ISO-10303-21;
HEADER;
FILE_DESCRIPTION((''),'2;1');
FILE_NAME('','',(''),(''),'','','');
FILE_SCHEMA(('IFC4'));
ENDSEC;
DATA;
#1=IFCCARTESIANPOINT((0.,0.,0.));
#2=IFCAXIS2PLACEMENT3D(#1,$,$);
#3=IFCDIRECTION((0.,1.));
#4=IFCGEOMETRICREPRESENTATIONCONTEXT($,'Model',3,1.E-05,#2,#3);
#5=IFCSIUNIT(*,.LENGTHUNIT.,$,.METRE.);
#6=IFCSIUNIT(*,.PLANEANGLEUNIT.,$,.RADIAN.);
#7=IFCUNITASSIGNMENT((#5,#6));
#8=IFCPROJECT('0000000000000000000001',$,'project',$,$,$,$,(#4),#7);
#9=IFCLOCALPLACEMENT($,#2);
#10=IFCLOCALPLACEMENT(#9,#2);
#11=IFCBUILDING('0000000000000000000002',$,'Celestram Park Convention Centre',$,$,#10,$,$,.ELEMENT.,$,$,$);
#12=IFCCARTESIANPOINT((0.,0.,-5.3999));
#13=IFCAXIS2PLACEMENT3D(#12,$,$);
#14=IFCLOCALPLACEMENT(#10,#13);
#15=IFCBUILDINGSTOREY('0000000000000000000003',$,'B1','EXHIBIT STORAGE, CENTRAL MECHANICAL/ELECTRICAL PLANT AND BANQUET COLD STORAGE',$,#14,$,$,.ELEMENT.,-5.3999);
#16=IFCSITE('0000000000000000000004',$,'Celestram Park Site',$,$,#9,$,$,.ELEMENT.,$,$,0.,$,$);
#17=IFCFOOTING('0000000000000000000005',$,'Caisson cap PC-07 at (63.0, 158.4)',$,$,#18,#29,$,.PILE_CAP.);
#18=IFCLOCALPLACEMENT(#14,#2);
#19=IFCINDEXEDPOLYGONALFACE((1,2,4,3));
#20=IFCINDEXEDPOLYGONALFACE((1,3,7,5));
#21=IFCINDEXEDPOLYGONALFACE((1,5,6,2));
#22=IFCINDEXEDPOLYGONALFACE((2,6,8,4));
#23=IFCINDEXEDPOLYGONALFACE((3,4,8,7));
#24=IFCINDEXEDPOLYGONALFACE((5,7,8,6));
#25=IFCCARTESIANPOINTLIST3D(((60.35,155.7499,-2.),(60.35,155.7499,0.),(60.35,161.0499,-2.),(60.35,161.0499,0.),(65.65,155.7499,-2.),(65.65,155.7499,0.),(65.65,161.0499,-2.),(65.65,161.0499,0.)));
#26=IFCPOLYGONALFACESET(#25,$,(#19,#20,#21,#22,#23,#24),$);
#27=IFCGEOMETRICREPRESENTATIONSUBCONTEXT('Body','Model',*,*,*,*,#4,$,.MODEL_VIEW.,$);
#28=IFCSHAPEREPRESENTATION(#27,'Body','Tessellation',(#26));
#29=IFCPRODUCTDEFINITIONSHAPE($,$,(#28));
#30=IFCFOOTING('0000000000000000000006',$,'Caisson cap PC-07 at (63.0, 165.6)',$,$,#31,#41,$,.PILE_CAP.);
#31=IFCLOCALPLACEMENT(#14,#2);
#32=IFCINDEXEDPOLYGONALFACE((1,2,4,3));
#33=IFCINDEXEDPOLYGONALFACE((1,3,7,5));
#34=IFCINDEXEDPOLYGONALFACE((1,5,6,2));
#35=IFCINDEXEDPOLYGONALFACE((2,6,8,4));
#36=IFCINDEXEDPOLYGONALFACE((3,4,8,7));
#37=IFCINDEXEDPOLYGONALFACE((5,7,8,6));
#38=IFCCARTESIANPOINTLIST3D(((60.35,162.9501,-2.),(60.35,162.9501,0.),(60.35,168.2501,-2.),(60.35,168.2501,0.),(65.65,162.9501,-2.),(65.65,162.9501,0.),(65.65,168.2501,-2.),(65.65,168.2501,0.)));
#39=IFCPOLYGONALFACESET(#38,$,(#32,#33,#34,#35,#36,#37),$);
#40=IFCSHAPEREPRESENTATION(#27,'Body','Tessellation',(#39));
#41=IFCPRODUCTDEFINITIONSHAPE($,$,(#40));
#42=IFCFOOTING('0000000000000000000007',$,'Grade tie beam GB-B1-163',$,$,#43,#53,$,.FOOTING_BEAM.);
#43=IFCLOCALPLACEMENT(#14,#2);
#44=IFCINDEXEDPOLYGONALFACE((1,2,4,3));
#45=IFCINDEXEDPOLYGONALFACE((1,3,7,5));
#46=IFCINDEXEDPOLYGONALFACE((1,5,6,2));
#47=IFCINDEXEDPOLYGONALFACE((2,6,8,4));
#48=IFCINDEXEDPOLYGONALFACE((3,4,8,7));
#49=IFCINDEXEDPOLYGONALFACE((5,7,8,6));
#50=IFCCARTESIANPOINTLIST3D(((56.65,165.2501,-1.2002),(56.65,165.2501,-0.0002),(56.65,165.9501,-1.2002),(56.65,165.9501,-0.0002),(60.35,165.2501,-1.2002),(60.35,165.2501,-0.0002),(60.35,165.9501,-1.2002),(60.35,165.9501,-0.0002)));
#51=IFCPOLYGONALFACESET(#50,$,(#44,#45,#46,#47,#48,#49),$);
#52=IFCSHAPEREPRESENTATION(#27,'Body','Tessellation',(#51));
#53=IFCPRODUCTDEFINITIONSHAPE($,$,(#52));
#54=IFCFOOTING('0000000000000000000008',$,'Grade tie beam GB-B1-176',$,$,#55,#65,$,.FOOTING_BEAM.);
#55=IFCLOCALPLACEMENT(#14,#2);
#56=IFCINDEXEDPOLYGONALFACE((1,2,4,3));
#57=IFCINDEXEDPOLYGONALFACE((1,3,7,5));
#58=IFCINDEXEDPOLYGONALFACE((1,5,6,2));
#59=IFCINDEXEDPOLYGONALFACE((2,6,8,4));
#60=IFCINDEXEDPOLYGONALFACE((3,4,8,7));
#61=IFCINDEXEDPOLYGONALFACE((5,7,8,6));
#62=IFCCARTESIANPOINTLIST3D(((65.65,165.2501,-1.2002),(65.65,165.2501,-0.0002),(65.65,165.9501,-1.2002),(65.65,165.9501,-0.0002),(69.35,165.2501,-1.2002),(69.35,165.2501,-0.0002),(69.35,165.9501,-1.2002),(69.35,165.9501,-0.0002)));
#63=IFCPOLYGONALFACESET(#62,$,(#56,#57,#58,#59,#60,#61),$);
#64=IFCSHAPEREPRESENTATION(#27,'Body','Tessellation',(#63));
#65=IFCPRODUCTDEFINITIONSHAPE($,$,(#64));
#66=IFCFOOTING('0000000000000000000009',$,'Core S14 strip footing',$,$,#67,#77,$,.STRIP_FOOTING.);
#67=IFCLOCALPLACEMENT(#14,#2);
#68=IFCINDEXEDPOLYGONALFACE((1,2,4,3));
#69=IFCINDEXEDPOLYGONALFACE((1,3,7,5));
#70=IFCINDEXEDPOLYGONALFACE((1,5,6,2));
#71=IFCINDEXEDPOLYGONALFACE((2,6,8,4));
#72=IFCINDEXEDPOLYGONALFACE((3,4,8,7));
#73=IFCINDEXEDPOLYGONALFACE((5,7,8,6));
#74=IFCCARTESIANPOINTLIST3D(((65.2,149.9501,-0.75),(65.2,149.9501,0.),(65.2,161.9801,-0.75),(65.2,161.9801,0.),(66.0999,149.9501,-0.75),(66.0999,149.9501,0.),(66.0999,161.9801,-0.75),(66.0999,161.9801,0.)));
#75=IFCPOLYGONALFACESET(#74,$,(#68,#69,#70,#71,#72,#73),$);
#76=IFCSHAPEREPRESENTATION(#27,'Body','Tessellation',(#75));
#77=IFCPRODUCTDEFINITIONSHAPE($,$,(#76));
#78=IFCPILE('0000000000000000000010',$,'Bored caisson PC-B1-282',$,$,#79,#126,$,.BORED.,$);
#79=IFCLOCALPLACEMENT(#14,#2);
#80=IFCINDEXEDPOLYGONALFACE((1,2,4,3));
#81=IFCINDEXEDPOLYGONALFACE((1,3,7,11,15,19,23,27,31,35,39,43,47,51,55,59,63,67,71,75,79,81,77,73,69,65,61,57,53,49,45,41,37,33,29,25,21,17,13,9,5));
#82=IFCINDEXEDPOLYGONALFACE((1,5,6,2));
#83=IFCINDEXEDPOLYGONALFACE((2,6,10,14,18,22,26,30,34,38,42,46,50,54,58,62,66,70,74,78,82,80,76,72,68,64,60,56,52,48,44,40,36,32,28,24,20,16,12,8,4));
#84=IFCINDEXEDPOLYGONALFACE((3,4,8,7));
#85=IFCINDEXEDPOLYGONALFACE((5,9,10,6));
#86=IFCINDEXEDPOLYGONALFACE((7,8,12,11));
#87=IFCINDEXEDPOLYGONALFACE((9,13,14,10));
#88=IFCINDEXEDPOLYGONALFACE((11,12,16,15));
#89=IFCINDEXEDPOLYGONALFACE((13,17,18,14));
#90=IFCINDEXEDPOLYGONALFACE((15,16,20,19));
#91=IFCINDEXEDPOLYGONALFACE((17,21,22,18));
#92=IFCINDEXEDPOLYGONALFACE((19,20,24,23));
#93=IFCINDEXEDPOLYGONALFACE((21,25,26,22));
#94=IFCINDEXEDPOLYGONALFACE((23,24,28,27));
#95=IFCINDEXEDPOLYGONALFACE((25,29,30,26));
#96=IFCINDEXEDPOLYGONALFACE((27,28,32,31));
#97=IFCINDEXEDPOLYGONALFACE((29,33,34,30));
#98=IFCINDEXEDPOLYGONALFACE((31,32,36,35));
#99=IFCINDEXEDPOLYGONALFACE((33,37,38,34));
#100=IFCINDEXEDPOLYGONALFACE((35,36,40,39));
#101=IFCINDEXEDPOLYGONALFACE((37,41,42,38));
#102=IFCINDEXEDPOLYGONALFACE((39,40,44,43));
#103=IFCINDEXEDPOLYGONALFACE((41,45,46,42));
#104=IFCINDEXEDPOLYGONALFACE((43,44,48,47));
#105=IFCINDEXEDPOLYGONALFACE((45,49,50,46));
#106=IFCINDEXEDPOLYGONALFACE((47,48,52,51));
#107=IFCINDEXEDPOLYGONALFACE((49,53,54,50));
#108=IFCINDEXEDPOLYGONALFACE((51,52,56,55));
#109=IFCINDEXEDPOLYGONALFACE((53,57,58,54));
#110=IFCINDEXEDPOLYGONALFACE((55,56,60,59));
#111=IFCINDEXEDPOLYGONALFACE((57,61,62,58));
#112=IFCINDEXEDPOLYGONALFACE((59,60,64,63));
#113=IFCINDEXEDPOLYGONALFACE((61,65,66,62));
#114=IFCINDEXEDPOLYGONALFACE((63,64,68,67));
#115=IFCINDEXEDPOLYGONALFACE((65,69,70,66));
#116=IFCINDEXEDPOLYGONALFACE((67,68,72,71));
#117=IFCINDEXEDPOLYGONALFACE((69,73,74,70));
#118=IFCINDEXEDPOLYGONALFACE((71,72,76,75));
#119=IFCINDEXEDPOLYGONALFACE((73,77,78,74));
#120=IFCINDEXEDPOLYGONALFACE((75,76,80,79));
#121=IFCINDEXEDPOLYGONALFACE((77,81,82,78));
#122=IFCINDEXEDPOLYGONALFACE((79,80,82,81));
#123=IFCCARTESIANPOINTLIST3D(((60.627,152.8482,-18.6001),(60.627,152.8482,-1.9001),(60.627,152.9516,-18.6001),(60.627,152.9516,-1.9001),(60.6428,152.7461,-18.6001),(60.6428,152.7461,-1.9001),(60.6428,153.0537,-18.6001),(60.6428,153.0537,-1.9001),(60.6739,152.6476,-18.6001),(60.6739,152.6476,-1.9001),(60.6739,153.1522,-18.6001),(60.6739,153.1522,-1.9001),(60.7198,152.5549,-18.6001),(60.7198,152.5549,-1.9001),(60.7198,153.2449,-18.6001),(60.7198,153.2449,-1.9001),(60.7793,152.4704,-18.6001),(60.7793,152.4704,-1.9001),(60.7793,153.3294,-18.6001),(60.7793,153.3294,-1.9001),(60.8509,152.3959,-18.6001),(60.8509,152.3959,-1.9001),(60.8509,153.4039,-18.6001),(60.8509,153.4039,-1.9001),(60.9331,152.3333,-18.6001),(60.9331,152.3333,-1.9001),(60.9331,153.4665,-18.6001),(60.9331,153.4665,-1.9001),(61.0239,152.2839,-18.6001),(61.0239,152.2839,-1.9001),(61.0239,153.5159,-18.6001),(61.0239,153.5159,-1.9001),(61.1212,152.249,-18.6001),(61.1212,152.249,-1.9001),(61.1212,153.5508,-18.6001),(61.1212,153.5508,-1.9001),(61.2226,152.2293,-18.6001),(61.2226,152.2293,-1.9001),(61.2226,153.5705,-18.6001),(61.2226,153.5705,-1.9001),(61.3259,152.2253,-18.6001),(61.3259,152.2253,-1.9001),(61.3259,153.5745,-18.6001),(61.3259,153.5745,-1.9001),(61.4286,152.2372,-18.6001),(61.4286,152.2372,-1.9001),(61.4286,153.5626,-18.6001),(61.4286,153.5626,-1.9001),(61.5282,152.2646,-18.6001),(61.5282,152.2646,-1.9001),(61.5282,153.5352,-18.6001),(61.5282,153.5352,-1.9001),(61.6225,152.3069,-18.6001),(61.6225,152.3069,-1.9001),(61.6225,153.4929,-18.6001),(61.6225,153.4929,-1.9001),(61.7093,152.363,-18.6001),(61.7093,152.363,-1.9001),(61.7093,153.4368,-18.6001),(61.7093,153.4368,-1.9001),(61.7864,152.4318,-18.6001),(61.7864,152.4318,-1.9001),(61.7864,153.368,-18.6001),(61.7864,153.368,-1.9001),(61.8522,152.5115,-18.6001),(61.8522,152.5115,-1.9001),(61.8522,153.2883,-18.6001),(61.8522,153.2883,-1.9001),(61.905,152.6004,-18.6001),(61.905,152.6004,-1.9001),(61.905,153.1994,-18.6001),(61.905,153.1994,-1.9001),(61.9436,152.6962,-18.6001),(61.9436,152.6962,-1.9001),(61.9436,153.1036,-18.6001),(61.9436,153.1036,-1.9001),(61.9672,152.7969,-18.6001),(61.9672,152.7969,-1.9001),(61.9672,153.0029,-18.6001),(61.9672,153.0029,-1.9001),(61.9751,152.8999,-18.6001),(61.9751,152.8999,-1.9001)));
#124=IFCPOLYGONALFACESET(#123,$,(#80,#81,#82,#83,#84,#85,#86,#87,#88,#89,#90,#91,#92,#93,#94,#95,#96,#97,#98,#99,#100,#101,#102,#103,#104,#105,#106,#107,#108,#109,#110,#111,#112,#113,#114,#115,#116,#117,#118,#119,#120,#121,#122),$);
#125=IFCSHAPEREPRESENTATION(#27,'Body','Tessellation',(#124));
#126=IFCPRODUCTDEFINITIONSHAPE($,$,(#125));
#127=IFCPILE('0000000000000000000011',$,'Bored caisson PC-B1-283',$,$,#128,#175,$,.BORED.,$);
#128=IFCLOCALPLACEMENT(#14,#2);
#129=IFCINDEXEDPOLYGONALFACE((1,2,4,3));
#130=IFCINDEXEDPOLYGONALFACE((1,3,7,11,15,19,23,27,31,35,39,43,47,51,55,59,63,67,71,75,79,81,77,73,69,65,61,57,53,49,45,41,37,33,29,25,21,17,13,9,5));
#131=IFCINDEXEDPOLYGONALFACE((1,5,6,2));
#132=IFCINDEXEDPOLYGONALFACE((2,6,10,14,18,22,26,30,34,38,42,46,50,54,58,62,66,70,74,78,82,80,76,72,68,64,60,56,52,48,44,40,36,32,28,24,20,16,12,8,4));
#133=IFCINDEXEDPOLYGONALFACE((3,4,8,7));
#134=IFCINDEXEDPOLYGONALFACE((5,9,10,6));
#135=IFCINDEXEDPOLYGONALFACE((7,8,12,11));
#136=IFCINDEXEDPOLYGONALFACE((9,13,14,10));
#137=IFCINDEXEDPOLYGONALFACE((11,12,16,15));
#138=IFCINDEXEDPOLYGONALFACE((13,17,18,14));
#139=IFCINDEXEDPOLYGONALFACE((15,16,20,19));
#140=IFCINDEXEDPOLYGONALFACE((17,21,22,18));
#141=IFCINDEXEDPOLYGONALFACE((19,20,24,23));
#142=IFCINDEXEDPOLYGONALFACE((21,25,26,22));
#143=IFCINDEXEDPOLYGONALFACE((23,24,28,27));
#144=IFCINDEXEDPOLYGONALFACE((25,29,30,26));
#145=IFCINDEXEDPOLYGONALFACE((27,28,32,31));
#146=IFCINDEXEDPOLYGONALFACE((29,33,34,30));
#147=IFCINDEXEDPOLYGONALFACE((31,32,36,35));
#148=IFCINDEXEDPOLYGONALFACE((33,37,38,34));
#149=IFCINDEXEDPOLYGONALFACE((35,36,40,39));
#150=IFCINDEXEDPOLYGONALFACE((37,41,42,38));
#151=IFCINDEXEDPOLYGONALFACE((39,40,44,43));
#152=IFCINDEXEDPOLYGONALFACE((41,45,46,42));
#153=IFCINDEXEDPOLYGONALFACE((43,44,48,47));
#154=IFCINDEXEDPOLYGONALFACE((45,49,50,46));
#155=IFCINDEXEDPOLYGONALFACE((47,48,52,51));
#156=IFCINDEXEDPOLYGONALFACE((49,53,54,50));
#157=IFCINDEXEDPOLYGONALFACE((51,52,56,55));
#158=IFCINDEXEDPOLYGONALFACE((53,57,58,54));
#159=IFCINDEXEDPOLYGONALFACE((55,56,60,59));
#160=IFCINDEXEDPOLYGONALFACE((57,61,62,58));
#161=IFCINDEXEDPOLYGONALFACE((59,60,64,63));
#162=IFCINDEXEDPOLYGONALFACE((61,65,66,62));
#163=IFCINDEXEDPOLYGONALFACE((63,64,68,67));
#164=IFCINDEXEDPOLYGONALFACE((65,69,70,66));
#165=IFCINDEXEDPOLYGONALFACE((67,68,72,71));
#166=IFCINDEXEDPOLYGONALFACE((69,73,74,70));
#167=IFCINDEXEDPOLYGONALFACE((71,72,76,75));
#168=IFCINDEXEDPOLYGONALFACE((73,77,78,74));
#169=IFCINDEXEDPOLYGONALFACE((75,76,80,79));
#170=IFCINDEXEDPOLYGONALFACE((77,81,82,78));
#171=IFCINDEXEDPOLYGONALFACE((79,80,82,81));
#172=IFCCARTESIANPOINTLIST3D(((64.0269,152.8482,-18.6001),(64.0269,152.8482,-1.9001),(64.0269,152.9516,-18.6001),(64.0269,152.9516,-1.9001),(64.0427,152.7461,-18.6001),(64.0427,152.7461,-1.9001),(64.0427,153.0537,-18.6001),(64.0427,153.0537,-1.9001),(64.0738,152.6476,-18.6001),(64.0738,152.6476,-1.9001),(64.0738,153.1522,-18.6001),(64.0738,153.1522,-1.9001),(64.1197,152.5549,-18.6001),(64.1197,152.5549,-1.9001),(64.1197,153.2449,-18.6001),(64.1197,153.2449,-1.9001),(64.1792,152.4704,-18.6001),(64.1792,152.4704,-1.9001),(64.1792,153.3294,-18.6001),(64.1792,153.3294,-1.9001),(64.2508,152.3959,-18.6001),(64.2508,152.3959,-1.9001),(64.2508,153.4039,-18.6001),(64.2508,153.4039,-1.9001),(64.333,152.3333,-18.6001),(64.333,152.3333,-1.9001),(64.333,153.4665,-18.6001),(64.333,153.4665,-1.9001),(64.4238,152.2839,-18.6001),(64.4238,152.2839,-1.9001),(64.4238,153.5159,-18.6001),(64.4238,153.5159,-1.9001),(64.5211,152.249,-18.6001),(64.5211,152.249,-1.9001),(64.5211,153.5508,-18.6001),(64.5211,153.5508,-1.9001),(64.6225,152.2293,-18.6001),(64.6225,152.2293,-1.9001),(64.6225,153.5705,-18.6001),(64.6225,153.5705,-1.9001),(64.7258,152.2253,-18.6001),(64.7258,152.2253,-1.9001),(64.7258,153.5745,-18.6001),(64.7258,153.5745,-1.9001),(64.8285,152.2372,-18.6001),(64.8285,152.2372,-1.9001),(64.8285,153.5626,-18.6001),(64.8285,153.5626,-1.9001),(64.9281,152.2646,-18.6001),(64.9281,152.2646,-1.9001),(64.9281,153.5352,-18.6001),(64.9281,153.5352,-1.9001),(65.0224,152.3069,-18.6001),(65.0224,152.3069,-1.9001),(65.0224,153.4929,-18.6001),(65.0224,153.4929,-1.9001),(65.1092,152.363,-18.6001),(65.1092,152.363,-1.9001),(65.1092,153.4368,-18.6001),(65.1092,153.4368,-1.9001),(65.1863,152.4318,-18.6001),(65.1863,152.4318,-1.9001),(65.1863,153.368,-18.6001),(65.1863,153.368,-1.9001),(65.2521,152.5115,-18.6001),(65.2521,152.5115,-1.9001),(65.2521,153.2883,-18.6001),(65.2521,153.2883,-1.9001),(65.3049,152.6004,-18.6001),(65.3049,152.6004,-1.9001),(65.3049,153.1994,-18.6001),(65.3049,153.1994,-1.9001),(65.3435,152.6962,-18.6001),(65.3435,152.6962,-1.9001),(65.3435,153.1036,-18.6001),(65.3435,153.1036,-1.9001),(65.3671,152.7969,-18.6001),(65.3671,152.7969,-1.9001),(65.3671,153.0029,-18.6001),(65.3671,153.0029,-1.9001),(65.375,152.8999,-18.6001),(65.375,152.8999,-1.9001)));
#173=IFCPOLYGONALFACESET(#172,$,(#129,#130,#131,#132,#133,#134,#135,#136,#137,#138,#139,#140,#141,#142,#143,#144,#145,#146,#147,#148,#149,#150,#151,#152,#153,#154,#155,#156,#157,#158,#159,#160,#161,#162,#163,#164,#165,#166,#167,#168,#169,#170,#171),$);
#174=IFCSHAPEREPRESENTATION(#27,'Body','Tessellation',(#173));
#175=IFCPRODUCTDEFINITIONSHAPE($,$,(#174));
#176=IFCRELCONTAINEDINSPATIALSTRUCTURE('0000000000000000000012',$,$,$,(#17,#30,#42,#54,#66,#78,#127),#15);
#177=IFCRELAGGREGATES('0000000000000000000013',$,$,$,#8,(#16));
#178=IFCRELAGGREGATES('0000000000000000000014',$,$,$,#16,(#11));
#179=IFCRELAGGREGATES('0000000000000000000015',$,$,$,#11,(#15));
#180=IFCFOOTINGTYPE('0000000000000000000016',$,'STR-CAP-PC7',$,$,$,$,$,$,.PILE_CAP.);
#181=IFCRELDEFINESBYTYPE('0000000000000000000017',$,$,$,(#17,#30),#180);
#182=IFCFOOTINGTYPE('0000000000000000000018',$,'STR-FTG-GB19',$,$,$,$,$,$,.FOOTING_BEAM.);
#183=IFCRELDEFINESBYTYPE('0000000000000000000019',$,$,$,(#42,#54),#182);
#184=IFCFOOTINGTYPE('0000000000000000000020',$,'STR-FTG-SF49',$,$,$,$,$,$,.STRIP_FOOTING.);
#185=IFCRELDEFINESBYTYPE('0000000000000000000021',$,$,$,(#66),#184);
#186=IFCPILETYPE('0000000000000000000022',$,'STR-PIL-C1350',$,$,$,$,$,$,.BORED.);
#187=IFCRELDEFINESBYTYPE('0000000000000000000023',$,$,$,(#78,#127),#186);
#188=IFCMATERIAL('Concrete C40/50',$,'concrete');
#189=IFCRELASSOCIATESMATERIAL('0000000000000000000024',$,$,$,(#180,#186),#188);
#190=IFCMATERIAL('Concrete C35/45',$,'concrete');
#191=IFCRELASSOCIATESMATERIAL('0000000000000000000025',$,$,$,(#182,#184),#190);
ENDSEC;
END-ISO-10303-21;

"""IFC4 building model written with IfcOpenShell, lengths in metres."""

from ifc_helpers import new_model, si_unit, direction, frame, origin, origin_2d, place, context, subcontext, project, spatial, rectangle, circle, extrude, material, material_profile, profile_set, type_object, element, save


model = new_model("IFC4")

# Units and contexts
model_context = context("Model", 3, precision=1e-05, world=origin(), true_north=direction((0.0, 1.0)))
body_context = subcontext(model_context, "Body", "Model", "MODEL_VIEW")
ifc_project = project(units=[si_unit("LENGTHUNIT", "METRE"), si_unit("PLANEANGLEUNIT", "RADIAN")], contexts=[model_context])

# Site, building, storey
site_placement = place(None, origin())
site = spatial("IfcSite", under=ifc_project, at=site_placement, Name="Celestram Park Site", CompositionType="ELEMENT", RefElevation=0.0)
building_placement = place(site_placement, origin())
building = spatial("IfcBuilding", under=site, at=building_placement, Name="Celestram Park Convention Centre", CompositionType="ELEMENT")
storey_placement = place(building_placement, frame((0.0, 0.0, -5.3999)))
storey = spatial("IfcBuildingStorey", under=building, at=storey_placement, Name="B1", Description="EXHIBIT STORAGE, CENTRAL MECHANICAL/ELECTRICAL PLANT AND BANQUET COLD STORAGE", CompositionType="ELEMENT", Elevation=-5.3999)

# Footings
ifc_material_1 = material(Name="Concrete C40/50", Category="concrete")
footing_type_1 = type_object("IfcFootingType", Name="STR-CAP-PC7", PredefinedType="PILE_CAP", material=ifc_material_1)
for number, where, z_axis, x_axis, name in (
    (1, (63.0, 158.3999, -2.0), (0.0, 0.0, 1.0), (1.0, 0.0, 0.0), "Caisson cap PC-07 at (63.0, 158.4)"),
    (2, (63.0, 165.6001, -2.0), (0.0, 0.0, 1.0), (1.0, 0.0, 0.0), "Caisson cap PC-07 at (63.0, 165.6)"),
):
    element("IfcFooting", number, at=place(storey_placement, frame(where, z_axis=z_axis, x_axis=x_axis)), inside=storey, type_object=footing_type_1, Name=name, PredefinedType="PILE_CAP", context=body_context, shape_type="SweptSolid", body=[
        extrude(rectangle(XDim=5.3, YDim=5.3, at=origin_2d()), origin(), (0.0, 0.0, 1.0), 2.0),
    ])
ifc_material_2 = material(Name="Concrete C35/45", Category="concrete")
footing_type_2 = type_object("IfcFootingType", Name="STR-FTG-GB19", PredefinedType="FOOTING_BEAM", material=ifc_material_2)
for number, where, z_axis, x_axis, name in (
    (3, (58.5, 165.6001, -1.2002), (0.0, 0.0, 1.0), (1.0, 0.0, 0.0), "Grade tie beam GB-B1-163"),
    (4, (67.5, 165.6001, -1.2002), (0.0, 0.0, 1.0), (1.0, 0.0, 0.0), "Grade tie beam GB-B1-176"),
):
    element("IfcFooting", number, at=place(storey_placement, frame(where, z_axis=z_axis, x_axis=x_axis)), inside=storey, type_object=footing_type_2, Name=name, PredefinedType="FOOTING_BEAM", context=body_context, shape_type="SweptSolid", body=[
        extrude(rectangle(XDim=3.7, YDim=0.7, at=origin_2d()), origin(), (0.0, 0.0, 1.0), 1.2),
    ])
footing_type_3 = type_object("IfcFootingType", Name="STR-FTG-SF49", PredefinedType="STRIP_FOOTING", material=ifc_material_2)
footing_placement = place(storey_placement, frame((65.6499, 155.9651, -0.75), z_axis=(0.0, 0.0, 1.0), x_axis=(0.0, 1.0, 0.0)))
element("IfcFooting", 5, at=footing_placement, inside=storey, type_object=footing_type_3, Name="Core S14 strip footing", PredefinedType="STRIP_FOOTING", context=body_context, shape_type="SweptSolid", body=[
    extrude(rectangle(XDim=12.03, YDim=0.8999, at=origin_2d()), origin(), (0.0, 0.0, 1.0), 0.75),
])

# Piles
ifc_material_profile_1 = material_profile(ifc_material_1, circle(Radius=0.675, at=origin_2d()), Name="CAISSON1350")
ifc_profile_set_1 = profile_set([ifc_material_profile_1], Name="Concrete C40/50")
pile_type = type_object("IfcPileType", Name="STR-PIL-C1350", PredefinedType="BORED", material=ifc_profile_set_1)
for number, where, z_axis, x_axis, name in (
    (6, (61.3, 152.8999, -1.9001), (0.0, 0.0, -1.0), (1.0, 0.0, 0.0), "Bored caisson PC-B1-282"),
    (7, (64.7, 152.8999, -1.9001), (0.0, 0.0, -1.0), (1.0, 0.0, 0.0), "Bored caisson PC-B1-283"),
):
    element("IfcPile", number, at=place(storey_placement, frame(where, z_axis=z_axis, x_axis=x_axis)), inside=storey, type_object=pile_type, Name=name, PredefinedType="BORED", context=body_context, shape_type="SweptSolid", body=[
        extrude(circle(Radius=0.675, at=origin_2d()), origin(), (0.0, 0.0, 1.0), 16.7),
    ])

save(model, "model.ifc")
